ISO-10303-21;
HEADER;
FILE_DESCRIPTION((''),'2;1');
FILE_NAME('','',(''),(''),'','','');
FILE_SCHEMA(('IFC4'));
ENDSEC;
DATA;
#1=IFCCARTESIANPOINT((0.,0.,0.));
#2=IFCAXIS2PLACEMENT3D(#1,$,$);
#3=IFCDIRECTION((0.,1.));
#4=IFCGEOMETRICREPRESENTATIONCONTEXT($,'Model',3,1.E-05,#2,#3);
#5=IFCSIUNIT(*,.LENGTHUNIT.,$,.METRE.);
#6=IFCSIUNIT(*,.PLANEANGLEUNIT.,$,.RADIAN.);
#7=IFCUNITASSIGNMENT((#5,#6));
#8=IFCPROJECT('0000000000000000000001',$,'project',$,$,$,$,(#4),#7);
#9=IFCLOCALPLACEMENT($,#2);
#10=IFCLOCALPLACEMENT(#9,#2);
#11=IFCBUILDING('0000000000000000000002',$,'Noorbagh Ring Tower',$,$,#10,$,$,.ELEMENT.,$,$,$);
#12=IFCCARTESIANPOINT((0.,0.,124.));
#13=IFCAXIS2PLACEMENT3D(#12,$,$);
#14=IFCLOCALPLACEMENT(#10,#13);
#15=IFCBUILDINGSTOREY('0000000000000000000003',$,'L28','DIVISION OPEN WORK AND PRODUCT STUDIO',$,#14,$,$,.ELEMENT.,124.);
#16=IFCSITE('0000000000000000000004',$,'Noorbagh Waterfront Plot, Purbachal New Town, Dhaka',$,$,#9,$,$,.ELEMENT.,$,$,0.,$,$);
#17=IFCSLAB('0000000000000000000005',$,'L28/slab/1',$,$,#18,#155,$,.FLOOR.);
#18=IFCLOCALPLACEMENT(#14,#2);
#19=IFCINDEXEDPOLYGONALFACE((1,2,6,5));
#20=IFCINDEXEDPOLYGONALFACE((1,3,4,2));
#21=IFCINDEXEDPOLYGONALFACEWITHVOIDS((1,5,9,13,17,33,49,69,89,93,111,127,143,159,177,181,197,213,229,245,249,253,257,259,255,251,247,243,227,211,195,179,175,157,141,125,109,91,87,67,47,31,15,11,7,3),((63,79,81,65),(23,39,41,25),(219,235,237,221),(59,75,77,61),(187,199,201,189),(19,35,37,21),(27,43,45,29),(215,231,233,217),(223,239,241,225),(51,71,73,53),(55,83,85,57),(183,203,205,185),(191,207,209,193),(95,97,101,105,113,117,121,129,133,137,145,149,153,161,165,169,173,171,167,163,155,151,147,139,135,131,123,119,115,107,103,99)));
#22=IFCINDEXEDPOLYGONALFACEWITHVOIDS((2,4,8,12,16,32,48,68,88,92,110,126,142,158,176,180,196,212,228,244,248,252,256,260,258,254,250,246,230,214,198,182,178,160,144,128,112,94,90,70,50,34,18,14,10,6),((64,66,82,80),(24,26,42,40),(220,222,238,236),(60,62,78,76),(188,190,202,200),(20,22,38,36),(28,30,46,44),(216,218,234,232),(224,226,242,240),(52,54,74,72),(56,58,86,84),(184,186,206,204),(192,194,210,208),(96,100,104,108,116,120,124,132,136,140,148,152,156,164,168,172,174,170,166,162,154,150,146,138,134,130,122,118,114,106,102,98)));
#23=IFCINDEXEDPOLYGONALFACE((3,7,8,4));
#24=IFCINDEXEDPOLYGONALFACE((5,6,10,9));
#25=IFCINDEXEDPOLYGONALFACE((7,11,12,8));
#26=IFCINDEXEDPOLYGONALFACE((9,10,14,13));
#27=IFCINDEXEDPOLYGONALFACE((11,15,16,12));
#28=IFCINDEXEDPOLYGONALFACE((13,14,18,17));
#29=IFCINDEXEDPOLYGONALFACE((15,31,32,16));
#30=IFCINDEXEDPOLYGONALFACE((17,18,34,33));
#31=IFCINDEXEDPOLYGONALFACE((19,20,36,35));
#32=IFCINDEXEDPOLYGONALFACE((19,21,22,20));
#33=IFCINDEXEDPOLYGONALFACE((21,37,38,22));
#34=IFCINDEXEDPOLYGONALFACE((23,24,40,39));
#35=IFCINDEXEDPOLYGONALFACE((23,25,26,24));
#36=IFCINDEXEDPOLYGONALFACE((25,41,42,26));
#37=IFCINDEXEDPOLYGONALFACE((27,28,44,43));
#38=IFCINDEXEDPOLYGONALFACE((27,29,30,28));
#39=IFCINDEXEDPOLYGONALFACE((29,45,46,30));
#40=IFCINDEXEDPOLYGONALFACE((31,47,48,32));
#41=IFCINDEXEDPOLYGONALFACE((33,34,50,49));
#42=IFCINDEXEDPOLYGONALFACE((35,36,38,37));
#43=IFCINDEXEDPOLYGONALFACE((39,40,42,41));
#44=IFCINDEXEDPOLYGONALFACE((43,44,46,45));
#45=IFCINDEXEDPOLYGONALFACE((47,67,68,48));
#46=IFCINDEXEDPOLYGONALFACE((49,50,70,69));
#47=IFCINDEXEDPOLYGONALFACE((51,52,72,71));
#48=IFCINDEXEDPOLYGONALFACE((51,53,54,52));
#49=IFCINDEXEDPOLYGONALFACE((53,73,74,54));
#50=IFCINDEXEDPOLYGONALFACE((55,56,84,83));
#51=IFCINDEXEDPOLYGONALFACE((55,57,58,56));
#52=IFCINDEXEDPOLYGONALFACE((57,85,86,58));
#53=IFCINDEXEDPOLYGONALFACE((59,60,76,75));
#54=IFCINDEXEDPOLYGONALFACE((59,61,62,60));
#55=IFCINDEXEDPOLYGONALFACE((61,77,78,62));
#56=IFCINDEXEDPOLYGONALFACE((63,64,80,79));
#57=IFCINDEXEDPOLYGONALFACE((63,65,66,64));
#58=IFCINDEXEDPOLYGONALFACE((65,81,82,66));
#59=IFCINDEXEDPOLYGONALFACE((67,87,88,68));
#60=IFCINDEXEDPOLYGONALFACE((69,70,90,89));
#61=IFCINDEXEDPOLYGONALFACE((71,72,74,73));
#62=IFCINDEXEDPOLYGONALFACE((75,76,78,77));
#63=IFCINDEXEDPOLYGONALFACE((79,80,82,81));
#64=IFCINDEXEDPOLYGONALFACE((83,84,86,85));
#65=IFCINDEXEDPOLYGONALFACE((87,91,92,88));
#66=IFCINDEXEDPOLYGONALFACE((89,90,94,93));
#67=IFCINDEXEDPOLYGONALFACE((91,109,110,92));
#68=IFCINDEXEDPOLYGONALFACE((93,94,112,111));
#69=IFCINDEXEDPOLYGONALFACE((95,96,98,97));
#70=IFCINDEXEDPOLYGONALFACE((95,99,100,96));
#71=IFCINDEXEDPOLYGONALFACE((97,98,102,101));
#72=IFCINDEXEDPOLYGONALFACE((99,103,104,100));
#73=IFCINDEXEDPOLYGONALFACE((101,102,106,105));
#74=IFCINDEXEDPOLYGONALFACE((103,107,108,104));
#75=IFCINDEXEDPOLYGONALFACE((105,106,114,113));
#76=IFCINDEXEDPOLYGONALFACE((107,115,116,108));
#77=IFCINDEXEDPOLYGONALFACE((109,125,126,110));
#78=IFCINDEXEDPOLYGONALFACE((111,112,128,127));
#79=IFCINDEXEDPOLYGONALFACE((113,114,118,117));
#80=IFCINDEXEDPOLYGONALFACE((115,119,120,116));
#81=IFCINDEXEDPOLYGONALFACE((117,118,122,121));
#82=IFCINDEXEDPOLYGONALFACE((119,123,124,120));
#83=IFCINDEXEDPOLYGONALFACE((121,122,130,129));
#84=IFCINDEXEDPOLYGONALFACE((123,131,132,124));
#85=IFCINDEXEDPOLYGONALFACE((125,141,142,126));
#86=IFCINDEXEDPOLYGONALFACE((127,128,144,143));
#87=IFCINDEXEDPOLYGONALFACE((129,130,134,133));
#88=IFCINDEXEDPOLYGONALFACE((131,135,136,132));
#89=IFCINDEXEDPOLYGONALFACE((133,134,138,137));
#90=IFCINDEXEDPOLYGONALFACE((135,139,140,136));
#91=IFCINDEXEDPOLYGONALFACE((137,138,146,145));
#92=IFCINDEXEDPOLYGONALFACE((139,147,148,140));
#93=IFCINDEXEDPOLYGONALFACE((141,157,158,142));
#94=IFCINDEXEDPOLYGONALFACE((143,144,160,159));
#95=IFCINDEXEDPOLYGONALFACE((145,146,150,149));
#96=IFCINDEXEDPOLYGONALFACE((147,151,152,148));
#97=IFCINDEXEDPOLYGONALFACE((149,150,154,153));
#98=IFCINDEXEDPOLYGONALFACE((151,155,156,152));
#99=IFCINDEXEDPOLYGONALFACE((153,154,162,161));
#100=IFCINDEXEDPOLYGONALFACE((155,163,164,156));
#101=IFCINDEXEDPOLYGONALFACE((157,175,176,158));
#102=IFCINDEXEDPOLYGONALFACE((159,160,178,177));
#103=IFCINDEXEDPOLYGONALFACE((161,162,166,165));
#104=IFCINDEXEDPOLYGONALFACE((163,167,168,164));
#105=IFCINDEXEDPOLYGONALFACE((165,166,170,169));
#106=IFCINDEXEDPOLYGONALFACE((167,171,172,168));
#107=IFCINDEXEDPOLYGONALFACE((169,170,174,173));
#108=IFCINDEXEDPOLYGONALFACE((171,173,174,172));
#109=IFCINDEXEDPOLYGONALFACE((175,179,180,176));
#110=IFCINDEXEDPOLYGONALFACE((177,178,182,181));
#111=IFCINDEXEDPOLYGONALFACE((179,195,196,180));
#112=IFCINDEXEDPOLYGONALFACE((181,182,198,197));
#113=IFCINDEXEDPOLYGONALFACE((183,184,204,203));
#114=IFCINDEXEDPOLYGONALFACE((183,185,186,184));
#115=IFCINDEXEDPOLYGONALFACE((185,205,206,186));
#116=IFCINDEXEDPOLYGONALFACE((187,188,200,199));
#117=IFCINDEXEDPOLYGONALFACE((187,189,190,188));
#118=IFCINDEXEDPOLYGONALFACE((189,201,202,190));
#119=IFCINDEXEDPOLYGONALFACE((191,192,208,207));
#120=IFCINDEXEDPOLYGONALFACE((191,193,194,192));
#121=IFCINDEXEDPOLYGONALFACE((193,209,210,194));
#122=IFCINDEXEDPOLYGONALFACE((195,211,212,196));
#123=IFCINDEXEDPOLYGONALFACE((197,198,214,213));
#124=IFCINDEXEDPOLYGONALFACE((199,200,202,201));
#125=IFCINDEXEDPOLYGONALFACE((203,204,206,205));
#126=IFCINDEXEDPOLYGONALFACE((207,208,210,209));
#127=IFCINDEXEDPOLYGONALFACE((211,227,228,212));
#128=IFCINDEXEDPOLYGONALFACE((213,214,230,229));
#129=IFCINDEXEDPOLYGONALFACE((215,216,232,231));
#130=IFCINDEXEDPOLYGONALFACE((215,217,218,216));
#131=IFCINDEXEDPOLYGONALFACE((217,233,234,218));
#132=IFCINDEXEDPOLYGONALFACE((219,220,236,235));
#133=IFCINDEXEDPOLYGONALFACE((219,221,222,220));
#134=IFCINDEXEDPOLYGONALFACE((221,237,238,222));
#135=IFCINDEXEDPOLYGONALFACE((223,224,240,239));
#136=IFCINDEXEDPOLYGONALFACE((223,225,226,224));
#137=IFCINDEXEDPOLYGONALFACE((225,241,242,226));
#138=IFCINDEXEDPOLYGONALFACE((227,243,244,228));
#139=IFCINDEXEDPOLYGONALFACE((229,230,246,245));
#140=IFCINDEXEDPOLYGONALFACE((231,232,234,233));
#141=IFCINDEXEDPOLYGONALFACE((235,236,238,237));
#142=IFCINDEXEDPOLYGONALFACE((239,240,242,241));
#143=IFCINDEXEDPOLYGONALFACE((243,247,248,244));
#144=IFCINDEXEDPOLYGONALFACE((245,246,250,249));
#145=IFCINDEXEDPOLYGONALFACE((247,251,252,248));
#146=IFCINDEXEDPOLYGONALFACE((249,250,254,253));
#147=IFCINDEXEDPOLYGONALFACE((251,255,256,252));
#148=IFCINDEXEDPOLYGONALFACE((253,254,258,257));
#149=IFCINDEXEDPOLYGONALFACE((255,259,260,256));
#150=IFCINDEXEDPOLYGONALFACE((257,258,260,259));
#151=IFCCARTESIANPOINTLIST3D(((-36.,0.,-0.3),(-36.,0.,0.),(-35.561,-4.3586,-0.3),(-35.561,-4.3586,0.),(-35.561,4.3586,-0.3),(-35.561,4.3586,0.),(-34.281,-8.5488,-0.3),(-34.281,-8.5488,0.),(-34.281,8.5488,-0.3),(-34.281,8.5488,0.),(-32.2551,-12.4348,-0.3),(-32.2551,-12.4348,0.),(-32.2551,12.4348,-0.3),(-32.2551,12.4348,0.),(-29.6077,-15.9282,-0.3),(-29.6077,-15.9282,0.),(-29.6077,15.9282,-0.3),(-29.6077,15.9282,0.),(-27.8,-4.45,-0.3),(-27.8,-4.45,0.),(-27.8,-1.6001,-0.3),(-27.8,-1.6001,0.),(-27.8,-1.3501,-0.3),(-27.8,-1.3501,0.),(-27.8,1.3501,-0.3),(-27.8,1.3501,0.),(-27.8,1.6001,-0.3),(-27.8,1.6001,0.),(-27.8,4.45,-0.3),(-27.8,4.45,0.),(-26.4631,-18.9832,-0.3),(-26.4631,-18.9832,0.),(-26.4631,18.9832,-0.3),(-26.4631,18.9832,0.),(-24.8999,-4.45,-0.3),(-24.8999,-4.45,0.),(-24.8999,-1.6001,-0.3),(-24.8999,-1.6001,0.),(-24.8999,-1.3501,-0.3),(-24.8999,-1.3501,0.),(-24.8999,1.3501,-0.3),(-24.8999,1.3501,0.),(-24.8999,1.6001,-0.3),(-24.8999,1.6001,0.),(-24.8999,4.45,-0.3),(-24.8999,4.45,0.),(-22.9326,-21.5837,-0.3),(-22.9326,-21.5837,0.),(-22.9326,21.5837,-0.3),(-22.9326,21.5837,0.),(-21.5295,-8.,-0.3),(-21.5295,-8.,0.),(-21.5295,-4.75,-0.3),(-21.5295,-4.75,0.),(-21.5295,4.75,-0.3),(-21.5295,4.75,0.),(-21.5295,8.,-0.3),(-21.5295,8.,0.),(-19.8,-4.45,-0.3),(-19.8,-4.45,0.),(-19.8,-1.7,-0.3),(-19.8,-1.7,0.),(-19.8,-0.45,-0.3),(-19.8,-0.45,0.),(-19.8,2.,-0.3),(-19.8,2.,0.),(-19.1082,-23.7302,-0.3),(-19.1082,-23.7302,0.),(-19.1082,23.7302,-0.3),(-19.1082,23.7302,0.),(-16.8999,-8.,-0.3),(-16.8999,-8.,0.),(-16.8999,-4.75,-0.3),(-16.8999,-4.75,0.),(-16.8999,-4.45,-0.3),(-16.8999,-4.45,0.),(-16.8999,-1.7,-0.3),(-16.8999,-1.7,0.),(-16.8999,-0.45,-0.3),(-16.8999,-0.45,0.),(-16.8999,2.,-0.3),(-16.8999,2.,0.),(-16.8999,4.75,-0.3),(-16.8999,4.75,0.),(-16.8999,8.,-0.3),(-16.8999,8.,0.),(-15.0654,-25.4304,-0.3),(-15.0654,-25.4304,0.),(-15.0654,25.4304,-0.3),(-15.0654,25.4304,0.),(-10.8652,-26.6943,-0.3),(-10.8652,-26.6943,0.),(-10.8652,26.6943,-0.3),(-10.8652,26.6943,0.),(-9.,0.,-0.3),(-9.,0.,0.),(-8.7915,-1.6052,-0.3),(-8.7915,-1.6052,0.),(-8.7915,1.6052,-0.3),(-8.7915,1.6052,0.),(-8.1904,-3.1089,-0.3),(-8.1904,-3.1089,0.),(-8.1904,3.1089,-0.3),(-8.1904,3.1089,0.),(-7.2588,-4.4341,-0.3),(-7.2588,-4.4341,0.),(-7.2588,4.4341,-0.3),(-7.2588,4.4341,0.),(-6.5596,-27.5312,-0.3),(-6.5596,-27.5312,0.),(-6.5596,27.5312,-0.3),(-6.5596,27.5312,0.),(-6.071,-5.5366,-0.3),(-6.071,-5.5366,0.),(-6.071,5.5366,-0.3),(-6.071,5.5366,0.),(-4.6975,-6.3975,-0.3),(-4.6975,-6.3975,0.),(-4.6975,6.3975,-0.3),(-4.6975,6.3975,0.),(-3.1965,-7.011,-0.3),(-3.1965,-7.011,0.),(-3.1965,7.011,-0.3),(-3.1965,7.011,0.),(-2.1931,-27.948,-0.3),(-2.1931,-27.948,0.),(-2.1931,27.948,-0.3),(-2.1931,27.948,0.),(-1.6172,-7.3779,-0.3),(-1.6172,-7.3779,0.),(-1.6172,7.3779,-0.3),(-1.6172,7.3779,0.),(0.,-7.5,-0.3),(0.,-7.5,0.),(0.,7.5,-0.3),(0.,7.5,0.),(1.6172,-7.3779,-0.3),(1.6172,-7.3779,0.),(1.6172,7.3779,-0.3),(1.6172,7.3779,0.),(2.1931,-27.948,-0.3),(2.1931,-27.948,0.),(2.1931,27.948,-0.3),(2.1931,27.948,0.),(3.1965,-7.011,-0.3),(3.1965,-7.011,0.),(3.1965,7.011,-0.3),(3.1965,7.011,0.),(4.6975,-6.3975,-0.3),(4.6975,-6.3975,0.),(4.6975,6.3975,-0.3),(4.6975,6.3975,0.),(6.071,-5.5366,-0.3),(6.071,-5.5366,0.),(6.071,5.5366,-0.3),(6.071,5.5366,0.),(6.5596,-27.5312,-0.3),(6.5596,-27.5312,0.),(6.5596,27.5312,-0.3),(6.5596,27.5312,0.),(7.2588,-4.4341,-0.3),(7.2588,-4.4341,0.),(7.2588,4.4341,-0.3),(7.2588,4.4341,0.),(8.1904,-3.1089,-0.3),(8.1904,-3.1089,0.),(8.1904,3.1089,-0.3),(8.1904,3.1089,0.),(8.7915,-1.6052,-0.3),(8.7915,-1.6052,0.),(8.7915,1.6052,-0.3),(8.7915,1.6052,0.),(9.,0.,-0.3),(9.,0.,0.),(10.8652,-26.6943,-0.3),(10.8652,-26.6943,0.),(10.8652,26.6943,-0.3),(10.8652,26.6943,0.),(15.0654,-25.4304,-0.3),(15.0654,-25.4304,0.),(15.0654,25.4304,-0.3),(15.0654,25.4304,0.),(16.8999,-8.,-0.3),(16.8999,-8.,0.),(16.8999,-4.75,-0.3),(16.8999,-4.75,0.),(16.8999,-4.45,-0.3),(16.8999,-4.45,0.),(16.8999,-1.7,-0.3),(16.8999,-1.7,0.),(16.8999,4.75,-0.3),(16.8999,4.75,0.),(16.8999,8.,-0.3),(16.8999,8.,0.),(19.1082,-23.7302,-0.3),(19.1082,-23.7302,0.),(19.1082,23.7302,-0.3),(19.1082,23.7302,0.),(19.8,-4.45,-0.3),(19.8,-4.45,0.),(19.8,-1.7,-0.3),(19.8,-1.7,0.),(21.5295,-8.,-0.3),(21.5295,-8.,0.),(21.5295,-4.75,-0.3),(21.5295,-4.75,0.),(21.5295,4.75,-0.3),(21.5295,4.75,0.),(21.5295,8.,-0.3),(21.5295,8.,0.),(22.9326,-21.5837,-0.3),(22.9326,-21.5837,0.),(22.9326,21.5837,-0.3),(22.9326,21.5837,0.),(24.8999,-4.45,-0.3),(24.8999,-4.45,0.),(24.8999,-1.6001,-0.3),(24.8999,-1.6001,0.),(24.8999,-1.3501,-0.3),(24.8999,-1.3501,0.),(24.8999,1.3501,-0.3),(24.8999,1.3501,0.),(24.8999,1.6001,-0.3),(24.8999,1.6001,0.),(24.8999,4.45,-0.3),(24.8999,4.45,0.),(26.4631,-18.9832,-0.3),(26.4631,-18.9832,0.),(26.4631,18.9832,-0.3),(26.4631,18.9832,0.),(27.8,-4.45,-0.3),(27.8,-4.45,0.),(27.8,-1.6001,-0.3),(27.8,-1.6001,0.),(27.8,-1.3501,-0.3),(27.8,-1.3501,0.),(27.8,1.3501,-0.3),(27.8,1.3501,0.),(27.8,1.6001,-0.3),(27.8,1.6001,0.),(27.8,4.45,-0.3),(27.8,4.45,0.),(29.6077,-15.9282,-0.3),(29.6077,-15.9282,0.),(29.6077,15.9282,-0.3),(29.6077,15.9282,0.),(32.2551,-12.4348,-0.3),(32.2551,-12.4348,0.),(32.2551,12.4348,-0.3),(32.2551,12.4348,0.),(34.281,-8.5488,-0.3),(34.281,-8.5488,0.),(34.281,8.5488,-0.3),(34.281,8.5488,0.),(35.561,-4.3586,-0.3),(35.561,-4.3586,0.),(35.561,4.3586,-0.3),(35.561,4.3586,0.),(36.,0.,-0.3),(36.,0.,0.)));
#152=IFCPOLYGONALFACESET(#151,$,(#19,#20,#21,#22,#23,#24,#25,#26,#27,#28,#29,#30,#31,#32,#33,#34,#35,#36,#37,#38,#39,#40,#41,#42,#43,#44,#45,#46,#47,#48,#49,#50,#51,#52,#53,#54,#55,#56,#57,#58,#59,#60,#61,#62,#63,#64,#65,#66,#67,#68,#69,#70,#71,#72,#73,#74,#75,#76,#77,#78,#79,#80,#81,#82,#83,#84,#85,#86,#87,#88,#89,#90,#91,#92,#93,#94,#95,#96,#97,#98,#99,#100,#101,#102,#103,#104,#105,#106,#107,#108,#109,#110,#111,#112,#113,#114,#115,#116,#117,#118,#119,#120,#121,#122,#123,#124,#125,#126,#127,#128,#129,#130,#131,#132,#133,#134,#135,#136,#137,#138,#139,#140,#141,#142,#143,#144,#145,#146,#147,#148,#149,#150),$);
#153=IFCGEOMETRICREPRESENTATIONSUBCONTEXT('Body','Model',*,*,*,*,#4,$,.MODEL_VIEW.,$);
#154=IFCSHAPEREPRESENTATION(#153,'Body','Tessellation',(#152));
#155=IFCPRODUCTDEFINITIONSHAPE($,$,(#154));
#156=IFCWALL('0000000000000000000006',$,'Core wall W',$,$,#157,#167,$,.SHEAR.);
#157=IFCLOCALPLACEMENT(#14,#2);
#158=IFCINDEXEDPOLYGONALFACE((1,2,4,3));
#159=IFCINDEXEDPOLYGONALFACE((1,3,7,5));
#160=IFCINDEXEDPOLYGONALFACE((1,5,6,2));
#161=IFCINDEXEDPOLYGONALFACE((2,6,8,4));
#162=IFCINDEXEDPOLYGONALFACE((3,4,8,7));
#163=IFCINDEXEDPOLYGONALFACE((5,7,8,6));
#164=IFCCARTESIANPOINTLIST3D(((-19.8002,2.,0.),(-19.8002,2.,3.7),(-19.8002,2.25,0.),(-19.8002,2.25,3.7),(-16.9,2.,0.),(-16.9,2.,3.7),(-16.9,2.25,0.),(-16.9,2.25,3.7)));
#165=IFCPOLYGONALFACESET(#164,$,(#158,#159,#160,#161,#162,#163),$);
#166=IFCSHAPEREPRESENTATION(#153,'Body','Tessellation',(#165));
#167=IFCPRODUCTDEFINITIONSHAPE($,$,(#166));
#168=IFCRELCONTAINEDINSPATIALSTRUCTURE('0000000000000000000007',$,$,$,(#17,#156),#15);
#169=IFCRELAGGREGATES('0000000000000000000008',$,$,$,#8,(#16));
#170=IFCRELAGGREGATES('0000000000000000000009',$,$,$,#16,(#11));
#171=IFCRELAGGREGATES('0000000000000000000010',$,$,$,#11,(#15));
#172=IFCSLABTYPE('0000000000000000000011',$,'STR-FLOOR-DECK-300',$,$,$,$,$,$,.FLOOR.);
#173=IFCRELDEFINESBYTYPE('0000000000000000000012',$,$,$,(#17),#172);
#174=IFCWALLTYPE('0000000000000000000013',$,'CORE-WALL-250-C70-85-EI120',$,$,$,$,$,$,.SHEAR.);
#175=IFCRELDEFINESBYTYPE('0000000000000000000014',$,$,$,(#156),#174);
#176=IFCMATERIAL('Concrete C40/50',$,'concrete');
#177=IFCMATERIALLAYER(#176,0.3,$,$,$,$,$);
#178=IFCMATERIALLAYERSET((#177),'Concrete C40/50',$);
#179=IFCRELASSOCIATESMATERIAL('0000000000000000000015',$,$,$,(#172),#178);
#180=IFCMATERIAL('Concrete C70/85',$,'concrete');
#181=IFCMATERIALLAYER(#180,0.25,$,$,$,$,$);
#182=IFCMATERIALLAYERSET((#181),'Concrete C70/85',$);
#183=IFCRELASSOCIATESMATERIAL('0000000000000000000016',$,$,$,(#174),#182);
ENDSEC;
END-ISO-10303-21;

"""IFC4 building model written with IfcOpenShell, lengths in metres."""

from ifc_helpers import new_model, si_unit, direction, frame, frame_2d, origin, place, context, subcontext, project, spatial, polyline, rectangle, outline, extrude, material, layer, layer_set, type_object, element, save


model = new_model("IFC4")

# Units and contexts
model_context = context("Model", 3, precision=1e-05, world=origin(), true_north=direction((0.0, 1.0)))
body_context = subcontext(model_context, "Body", "Model", "MODEL_VIEW")
ifc_project = project(units=[si_unit("LENGTHUNIT", "METRE"), si_unit("PLANEANGLEUNIT", "RADIAN")], contexts=[model_context])

# Site, building, storey
site_placement = place(None, origin())
site = spatial("IfcSite", under=ifc_project, at=site_placement, Name="Noorbagh Waterfront Plot, Purbachal New Town, Dhaka", CompositionType="ELEMENT", RefElevation=0.0)
building_placement = place(site_placement, origin())
building = spatial("IfcBuilding", under=site, at=building_placement, Name="Noorbagh Ring Tower", CompositionType="ELEMENT")
storey_placement = place(building_placement, frame((0.0, 0.0, 124.0)))
storey = spatial("IfcBuildingStorey", under=building, at=storey_placement, Name="L28", Description="DIVISION OPEN WORK AND PRODUCT STUDIO", CompositionType="ELEMENT", Elevation=124.0)

# Slab
ifc_material_1 = material(Name="Concrete C40/50", Category="concrete")
ifc_layer_1 = layer(ifc_material_1, 0.3)
ifc_layer_set_1 = layer_set([ifc_layer_1], Name="Concrete C40/50")
slab_type_1 = type_object("IfcSlabType", Name="STR-FLOOR-DECK-300", PredefinedType="FLOOR", material=ifc_layer_set_1)
slab_1_placement = place(storey_placement, frame((0.0, 0.0, -0.3)))
element("IfcSlab", 1, at=slab_1_placement, inside=storey, type_object=slab_type_1, Name="L28/slab/1", PredefinedType="FLOOR", context=body_context, shape_type="SweptSolid", body=[
    extrude(outline(polyline([(36.0, 0.0), (35.561, 4.3586), (34.281, 8.5488), (32.2551, 12.4348), (29.6077, 15.9282), (26.4631, 18.9832), (22.9326, 21.5837), (19.1082, 23.7302), (15.0654, 25.4304), (10.8652, 26.6943), (6.5596, 27.5312), (2.1931, 27.948), (-2.1931, 27.948), (-6.5596, 27.5312), (-10.8652, 26.6943), (-15.0654, 25.4304), (-19.1082, 23.7302), (-22.9326, 21.5837), (-26.4631, 18.9832), (-29.6077, 15.9282), (-32.2551, 12.4348), (-34.281, 8.5488), (-35.561, 4.3586), (-36.0, 0.0), (-35.561, -4.3586), (-34.281, -8.5488), (-32.2551, -12.4348), (-29.6077, -15.9282), (-26.4631, -18.9832), (-22.9326, -21.5837), (-19.1082, -23.7302), (-15.0654, -25.4304), (-10.8652, -26.6943), (-6.5596, -27.5312), (-2.1931, -27.948), (2.1931, -27.948), (6.5596, -27.5312), (10.8652, -26.6943), (15.0654, -25.4304), (19.1082, -23.7302), (22.9326, -21.5837), (26.4631, -18.9832), (29.6077, -15.9282), (32.2551, -12.4348), (34.281, -8.5488), (35.561, -4.3586), (36.0, 0.0)]), holes=[polyline([(24.8999, -1.6001), (27.8, -1.6001), (27.8, -4.45), (24.8999, -4.45), (24.8999, -1.6001)]), polyline([(24.8999, 1.3501), (27.8, 1.3501), (27.8, -1.3501), (24.8999, -1.3501), (24.8999, 1.3501)]), polyline([(24.8999, 4.45), (27.8, 4.45), (27.8, 1.6001), (24.8999, 1.6001), (24.8999, 4.45)]), polyline([(21.5295, -4.75), (21.5295, -8.0), (16.8999, -8.0), (16.8999, -4.75), (21.5295, -4.75)]), polyline([(21.5295, 4.75), (16.8999, 4.75), (16.8999, 8.0), (21.5295, 8.0), (21.5295, 4.75)]), polyline([(16.8999, -1.7), (19.8, -1.7), (19.8, -4.45), (16.8999, -4.45), (16.8999, -1.7)]), polyline([(4.6975, -6.3975), (3.1965, -7.011), (1.6172, -7.3779), (0.0, -7.5), (-1.6172, -7.3779), (-3.1965, -7.011), (-4.6975, -6.3975), (-6.071, -5.5366), (-7.2588, -4.4341), (-8.1904, -3.1089), (-8.7915, -1.6052), (-9.0, 0.0), (-8.7915, 1.6052), (-8.1904, 3.1089), (-7.2588, 4.4341), (-6.071, 5.5366), (-4.6975, 6.3975), (-3.1965, 7.011), (-1.6172, 7.3779), (0.0, 7.5), (1.6172, 7.3779), (3.1965, 7.011), (4.6975, 6.3975), (6.071, 5.5366), (7.2588, 4.4341), (8.1904, 3.1089), (8.7915, 1.6052), (9.0, 0.0), (8.7915, -1.6052), (8.1904, -3.1089), (7.2588, -4.4341), (6.071, -5.5366), (4.6975, -6.3975)]), polyline([(-21.5295, -8.0), (-21.5295, -4.75), (-16.8999, -4.75), (-16.8999, -8.0), (-21.5295, -8.0)]), polyline([(-21.5295, 8.0), (-16.8999, 8.0), (-16.8999, 4.75), (-21.5295, 4.75), (-21.5295, 8.0)]), polyline([(-16.8999, -4.45), (-19.8, -4.45), (-19.8, -1.7), (-16.8999, -1.7), (-16.8999, -4.45)]), polyline([(-16.8999, -0.45), (-19.8, -0.45), (-19.8, 2.0), (-16.8999, 2.0), (-16.8999, -0.45)]), polyline([(-24.8999, -4.45), (-27.8, -4.45), (-27.8, -1.6001), (-24.8999, -1.6001), (-24.8999, -4.45)]), polyline([(-24.8999, -1.3501), (-27.8, -1.3501), (-27.8, 1.3501), (-24.8999, 1.3501), (-24.8999, -1.3501)]), polyline([(-24.8999, 1.6001), (-27.8, 1.6001), (-27.8, 4.45), (-24.8999, 4.45), (-24.8999, 1.6001)])]), origin(), (0.0, 0.0, 1.0), 0.3),
])

# Wall
ifc_material_2 = material(Name="Concrete C70/85", Category="concrete")
ifc_layer_2 = layer(ifc_material_2, 0.25)
ifc_layer_set_2 = layer_set([ifc_layer_2], Name="Concrete C70/85")
wall_type_1 = type_object("IfcWallType", Name="CORE-WALL-250-C70-85-EI120", PredefinedType="SHEAR", material=ifc_layer_set_2)
wall_1_placement = place(storey_placement, frame((-16.8999, 2.125, 0.0), z_axis=(0.0, 0.0, 1.0), x_axis=(-1.0, 0.0, 0.0)))
element("IfcWall", 2, at=wall_1_placement, inside=storey, type_object=wall_type_1, Name="Core wall W", PredefinedType="SHEAR", context=body_context, shape_type="SweptSolid", body=[
    extrude(rectangle(XDim=2.9001, YDim=0.25, at=frame_2d((1.4502, 0.0))), origin(), (0.0, 0.0, 1.0), 3.7),
])

save(model, "model.ifc")
